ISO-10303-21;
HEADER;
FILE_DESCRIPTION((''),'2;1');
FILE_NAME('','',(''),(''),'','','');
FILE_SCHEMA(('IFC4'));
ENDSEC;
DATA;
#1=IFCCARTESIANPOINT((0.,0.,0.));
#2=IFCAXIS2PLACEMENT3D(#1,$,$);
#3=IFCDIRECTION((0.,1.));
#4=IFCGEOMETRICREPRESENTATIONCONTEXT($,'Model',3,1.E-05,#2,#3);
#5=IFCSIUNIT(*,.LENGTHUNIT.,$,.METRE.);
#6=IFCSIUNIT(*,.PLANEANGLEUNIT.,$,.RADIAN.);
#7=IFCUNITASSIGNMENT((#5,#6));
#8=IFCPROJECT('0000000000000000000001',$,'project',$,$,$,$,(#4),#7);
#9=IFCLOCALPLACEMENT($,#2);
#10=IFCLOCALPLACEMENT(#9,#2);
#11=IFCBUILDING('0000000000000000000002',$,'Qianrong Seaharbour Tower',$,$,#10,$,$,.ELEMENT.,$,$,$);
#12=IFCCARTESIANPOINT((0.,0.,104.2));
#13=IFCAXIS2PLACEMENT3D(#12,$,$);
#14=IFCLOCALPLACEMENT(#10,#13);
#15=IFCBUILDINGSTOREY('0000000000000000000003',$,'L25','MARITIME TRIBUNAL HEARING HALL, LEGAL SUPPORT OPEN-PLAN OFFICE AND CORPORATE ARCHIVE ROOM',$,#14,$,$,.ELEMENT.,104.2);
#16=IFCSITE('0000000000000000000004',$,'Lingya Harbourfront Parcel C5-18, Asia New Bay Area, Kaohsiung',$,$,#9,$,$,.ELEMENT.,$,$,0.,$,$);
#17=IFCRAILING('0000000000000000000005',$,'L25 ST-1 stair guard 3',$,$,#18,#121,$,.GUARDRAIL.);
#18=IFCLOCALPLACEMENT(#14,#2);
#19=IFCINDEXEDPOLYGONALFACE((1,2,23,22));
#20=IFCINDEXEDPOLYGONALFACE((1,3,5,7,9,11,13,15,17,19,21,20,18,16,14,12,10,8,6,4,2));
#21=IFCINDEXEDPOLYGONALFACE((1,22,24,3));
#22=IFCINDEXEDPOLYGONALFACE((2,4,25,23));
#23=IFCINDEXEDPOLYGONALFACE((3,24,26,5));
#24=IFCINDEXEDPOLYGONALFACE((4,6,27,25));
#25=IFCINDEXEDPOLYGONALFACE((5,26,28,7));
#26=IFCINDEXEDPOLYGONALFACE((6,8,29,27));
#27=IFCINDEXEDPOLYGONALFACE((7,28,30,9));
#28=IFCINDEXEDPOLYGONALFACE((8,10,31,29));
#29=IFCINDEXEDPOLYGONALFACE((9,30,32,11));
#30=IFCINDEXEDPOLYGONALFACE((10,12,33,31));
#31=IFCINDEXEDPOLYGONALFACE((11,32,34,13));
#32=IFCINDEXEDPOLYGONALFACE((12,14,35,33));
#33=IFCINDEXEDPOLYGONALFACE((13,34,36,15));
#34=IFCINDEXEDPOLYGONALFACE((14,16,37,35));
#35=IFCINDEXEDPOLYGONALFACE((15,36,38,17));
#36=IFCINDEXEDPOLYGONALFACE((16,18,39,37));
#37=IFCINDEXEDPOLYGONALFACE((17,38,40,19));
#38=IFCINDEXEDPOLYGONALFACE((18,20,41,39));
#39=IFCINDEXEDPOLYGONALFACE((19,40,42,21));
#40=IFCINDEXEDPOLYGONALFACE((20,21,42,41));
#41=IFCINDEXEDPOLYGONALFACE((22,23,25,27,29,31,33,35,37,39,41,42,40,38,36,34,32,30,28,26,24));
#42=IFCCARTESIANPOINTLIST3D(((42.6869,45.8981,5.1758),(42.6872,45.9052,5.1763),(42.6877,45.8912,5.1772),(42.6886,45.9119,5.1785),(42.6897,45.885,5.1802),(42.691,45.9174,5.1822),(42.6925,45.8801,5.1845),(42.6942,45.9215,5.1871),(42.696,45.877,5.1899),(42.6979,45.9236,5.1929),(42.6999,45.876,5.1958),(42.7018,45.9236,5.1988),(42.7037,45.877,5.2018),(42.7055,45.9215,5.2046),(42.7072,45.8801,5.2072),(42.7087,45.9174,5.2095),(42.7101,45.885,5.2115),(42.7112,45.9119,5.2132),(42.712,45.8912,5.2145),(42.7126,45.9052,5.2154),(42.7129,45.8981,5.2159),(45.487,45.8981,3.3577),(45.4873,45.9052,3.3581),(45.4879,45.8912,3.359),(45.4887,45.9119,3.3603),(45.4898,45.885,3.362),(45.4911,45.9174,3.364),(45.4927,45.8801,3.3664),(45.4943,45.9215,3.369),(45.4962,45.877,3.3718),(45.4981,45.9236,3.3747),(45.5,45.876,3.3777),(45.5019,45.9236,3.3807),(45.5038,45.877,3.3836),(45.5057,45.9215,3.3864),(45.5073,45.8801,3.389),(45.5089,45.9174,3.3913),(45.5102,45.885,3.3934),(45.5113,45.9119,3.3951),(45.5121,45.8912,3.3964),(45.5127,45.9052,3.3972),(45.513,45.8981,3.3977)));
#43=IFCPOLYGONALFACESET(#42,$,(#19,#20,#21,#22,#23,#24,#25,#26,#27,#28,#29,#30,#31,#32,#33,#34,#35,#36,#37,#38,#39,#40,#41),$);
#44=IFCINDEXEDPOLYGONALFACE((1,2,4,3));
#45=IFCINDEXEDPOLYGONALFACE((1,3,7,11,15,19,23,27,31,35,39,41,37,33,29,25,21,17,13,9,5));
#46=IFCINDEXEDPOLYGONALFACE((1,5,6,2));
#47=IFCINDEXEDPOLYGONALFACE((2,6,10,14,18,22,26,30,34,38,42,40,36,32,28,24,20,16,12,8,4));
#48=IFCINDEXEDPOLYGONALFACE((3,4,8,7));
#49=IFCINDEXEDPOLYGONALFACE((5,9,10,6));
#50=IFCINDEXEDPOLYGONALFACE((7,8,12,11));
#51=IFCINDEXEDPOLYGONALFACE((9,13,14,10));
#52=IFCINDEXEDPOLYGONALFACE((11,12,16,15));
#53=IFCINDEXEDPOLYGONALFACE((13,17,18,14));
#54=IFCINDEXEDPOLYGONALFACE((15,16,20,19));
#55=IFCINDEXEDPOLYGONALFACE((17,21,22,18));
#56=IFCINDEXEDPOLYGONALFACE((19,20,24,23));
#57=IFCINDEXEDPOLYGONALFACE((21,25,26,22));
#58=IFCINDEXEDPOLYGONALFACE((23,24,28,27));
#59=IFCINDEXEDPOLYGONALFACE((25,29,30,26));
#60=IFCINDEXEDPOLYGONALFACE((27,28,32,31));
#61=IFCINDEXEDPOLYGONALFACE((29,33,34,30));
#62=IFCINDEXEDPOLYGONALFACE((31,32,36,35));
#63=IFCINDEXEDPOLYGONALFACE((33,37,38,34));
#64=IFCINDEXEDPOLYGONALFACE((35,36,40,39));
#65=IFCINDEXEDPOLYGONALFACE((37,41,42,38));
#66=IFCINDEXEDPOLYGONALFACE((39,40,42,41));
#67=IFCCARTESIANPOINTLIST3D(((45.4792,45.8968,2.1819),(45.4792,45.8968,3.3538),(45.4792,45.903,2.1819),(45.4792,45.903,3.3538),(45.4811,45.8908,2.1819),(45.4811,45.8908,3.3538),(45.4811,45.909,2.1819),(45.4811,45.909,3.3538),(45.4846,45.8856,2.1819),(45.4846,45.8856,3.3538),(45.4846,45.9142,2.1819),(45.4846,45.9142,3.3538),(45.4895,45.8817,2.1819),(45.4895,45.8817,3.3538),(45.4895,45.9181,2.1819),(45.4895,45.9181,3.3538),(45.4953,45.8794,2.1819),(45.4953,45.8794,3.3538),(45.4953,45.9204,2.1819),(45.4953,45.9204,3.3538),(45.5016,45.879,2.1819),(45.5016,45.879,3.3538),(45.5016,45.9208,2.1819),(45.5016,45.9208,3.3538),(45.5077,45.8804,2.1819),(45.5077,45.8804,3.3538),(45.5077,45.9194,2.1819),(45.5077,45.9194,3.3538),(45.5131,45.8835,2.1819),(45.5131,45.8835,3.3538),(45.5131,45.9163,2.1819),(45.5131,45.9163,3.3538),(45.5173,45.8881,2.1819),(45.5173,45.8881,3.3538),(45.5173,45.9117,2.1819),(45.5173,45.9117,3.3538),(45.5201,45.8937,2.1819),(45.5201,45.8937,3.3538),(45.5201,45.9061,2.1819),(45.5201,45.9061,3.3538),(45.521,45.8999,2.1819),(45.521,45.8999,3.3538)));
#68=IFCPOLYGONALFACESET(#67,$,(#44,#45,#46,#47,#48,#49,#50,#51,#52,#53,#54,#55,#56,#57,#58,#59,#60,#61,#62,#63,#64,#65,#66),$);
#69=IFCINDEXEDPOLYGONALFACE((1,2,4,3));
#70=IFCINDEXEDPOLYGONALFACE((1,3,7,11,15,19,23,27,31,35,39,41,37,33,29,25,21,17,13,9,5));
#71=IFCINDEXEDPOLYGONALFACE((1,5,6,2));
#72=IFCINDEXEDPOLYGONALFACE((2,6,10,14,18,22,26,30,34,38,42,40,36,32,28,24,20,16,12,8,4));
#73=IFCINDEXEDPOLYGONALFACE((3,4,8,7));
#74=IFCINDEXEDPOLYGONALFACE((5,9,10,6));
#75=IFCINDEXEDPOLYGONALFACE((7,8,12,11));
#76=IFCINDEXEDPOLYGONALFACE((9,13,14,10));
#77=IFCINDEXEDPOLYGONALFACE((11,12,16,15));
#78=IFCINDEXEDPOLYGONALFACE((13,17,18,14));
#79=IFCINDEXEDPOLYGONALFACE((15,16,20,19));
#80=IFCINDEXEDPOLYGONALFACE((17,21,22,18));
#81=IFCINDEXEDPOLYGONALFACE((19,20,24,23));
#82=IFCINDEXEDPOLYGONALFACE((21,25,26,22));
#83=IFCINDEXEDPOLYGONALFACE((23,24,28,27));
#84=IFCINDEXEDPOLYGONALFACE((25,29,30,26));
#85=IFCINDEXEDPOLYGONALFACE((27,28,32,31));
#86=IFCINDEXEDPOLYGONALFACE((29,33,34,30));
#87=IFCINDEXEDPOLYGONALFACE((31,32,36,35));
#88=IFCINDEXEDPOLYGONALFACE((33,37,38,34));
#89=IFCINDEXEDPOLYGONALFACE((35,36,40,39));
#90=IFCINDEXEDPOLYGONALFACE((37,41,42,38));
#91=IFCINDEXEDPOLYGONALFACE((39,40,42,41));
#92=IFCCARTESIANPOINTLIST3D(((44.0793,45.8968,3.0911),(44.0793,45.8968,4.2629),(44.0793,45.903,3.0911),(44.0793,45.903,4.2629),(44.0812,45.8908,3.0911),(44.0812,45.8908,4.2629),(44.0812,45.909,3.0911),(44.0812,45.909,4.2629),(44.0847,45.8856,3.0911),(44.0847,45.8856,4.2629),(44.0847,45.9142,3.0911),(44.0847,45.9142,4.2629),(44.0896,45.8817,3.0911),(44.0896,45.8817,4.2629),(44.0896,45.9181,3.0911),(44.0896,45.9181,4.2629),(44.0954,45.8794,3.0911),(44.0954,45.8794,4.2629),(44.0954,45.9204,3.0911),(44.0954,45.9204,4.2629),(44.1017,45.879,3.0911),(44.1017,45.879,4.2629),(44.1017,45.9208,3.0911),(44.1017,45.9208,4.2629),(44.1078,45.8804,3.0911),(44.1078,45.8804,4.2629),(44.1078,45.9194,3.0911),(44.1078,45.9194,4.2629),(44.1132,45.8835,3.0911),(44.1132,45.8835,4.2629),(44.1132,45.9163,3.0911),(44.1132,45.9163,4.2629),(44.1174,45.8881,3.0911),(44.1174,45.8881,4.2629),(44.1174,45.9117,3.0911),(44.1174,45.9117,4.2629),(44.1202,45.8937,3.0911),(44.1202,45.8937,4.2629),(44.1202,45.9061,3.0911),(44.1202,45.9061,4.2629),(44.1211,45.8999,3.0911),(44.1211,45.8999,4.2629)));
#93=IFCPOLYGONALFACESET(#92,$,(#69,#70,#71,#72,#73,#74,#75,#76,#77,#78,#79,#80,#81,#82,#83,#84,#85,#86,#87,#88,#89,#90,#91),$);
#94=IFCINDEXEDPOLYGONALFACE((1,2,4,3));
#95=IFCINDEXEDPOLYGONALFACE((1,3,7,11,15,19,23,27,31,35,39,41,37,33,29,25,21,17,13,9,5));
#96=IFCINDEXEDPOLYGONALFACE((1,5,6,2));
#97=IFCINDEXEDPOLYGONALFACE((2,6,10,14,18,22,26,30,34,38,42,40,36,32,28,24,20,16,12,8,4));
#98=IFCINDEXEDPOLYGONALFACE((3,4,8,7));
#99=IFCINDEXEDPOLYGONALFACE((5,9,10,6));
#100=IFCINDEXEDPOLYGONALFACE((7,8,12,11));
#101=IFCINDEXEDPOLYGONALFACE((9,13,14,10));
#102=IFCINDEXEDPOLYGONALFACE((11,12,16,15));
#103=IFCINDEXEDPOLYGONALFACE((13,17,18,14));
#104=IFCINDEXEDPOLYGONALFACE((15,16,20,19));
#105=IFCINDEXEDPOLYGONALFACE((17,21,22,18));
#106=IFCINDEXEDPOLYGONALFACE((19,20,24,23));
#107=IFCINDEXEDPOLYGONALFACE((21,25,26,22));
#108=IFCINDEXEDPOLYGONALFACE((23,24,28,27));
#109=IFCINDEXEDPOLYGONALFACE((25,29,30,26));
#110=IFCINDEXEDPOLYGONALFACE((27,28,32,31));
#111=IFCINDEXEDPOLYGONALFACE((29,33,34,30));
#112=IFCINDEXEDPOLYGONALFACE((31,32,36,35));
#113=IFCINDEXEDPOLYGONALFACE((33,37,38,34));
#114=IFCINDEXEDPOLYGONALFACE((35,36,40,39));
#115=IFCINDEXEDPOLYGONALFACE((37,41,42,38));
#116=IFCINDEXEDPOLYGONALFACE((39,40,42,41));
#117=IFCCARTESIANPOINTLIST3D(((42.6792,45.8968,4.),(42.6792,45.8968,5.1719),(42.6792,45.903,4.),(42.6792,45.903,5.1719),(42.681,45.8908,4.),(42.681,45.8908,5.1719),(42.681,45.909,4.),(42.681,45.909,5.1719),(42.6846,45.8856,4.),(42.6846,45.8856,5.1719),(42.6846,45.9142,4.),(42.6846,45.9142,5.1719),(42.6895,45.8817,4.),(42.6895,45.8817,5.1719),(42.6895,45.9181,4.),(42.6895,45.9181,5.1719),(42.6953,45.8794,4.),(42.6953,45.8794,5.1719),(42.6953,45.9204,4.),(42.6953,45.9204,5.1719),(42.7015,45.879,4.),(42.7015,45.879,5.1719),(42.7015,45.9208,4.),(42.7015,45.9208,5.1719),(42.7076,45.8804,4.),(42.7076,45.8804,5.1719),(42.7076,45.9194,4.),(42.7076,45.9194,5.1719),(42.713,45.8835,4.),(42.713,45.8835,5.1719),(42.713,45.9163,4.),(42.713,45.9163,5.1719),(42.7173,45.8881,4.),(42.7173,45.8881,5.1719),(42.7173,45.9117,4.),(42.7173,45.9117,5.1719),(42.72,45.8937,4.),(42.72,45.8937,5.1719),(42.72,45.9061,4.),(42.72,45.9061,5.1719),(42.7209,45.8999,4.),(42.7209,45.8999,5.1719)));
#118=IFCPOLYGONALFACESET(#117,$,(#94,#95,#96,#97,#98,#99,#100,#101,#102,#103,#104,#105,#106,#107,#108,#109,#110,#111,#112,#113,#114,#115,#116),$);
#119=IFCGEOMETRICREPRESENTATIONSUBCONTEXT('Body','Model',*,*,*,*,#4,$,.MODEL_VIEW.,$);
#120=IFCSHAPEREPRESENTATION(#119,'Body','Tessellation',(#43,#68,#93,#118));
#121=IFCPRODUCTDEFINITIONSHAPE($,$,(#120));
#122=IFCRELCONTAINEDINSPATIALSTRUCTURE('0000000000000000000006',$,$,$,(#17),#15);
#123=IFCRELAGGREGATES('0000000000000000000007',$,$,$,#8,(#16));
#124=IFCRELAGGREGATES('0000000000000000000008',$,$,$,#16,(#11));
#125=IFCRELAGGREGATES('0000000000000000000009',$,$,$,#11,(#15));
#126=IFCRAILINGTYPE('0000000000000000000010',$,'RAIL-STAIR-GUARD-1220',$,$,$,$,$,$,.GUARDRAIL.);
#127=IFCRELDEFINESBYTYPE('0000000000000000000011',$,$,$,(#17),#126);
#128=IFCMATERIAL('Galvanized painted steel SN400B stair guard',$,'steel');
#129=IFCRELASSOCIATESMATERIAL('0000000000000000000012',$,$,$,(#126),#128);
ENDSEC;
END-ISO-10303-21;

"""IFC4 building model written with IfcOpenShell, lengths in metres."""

from ifc_helpers import new_model, si_unit, direction, frame, origin, origin_2d, place, context, subcontext, project, spatial, circle, extrude, material, type_object, element, save


model = new_model("IFC4")

# Units and contexts
model_context = context("Model", 3, precision=1e-05, world=origin(), true_north=direction((0.0, 1.0)))
body_context = subcontext(model_context, "Body", "Model", "MODEL_VIEW")
ifc_project = project(units=[si_unit("LENGTHUNIT", "METRE"), si_unit("PLANEANGLEUNIT", "RADIAN")], contexts=[model_context])

# Site, building, storey
site_placement = place(None, origin())
site = spatial("IfcSite", under=ifc_project, at=site_placement, Name="Lingya Harbourfront Parcel C5-18, Asia New Bay Area, Kaohsiung", CompositionType="ELEMENT", RefElevation=0.0)
building_placement = place(site_placement, origin())
building = spatial("IfcBuilding", under=site, at=building_placement, Name="Qianrong Seaharbour Tower", CompositionType="ELEMENT")
storey_placement = place(building_placement, frame((0.0, 0.0, 104.2)))
storey = spatial("IfcBuildingStorey", under=building, at=storey_placement, Name="L25", Description="MARITIME TRIBUNAL HEARING HALL, LEGAL SUPPORT OPEN-PLAN OFFICE AND CORPORATE ARCHIVE ROOM", CompositionType="ELEMENT", Elevation=104.2)

# Railing
ifc_material_1 = material(Name="Galvanized painted steel SN400B stair guard", Category="steel")
railing_type_1 = type_object("IfcRailingType", Name="RAIL-STAIR-GUARD-1220", PredefinedType="GUARDRAIL", material=ifc_material_1)
railing_1_placement = place(storey_placement, frame((45.5, 45.8999, 2.1819)))
element("IfcRailing", 1, at=railing_1_placement, inside=storey, type_object=railing_type_1, Name="L25 ST-1 stair guard 3", PredefinedType="GUARDRAIL", context=body_context, shape_type="SweptSolid", body=[
    extrude(circle(Radius=0.0239, at=origin_2d()), frame((0.0, 0.0, 1.1958), z_axis=(-0.838706, 0.0, 0.544585), x_axis=(0.0, -1.0, 0.0)), (0.0, 0.0, 1.0), 3.3386),
    extrude(circle(Radius=0.021, at=origin_2d()), origin(), (0.0, 0.0, 1.0), 1.1719),
    extrude(circle(Radius=0.021, at=origin_2d()), frame((-1.3999, 0.0, 0.9092)), (0.0, 0.0, 1.0), 1.1719),
    extrude(circle(Radius=0.021, at=origin_2d()), frame((-2.8, 0.0, 1.8181)), (0.0, 0.0, 1.0), 1.1719),
])

save(model, "model.ifc")
